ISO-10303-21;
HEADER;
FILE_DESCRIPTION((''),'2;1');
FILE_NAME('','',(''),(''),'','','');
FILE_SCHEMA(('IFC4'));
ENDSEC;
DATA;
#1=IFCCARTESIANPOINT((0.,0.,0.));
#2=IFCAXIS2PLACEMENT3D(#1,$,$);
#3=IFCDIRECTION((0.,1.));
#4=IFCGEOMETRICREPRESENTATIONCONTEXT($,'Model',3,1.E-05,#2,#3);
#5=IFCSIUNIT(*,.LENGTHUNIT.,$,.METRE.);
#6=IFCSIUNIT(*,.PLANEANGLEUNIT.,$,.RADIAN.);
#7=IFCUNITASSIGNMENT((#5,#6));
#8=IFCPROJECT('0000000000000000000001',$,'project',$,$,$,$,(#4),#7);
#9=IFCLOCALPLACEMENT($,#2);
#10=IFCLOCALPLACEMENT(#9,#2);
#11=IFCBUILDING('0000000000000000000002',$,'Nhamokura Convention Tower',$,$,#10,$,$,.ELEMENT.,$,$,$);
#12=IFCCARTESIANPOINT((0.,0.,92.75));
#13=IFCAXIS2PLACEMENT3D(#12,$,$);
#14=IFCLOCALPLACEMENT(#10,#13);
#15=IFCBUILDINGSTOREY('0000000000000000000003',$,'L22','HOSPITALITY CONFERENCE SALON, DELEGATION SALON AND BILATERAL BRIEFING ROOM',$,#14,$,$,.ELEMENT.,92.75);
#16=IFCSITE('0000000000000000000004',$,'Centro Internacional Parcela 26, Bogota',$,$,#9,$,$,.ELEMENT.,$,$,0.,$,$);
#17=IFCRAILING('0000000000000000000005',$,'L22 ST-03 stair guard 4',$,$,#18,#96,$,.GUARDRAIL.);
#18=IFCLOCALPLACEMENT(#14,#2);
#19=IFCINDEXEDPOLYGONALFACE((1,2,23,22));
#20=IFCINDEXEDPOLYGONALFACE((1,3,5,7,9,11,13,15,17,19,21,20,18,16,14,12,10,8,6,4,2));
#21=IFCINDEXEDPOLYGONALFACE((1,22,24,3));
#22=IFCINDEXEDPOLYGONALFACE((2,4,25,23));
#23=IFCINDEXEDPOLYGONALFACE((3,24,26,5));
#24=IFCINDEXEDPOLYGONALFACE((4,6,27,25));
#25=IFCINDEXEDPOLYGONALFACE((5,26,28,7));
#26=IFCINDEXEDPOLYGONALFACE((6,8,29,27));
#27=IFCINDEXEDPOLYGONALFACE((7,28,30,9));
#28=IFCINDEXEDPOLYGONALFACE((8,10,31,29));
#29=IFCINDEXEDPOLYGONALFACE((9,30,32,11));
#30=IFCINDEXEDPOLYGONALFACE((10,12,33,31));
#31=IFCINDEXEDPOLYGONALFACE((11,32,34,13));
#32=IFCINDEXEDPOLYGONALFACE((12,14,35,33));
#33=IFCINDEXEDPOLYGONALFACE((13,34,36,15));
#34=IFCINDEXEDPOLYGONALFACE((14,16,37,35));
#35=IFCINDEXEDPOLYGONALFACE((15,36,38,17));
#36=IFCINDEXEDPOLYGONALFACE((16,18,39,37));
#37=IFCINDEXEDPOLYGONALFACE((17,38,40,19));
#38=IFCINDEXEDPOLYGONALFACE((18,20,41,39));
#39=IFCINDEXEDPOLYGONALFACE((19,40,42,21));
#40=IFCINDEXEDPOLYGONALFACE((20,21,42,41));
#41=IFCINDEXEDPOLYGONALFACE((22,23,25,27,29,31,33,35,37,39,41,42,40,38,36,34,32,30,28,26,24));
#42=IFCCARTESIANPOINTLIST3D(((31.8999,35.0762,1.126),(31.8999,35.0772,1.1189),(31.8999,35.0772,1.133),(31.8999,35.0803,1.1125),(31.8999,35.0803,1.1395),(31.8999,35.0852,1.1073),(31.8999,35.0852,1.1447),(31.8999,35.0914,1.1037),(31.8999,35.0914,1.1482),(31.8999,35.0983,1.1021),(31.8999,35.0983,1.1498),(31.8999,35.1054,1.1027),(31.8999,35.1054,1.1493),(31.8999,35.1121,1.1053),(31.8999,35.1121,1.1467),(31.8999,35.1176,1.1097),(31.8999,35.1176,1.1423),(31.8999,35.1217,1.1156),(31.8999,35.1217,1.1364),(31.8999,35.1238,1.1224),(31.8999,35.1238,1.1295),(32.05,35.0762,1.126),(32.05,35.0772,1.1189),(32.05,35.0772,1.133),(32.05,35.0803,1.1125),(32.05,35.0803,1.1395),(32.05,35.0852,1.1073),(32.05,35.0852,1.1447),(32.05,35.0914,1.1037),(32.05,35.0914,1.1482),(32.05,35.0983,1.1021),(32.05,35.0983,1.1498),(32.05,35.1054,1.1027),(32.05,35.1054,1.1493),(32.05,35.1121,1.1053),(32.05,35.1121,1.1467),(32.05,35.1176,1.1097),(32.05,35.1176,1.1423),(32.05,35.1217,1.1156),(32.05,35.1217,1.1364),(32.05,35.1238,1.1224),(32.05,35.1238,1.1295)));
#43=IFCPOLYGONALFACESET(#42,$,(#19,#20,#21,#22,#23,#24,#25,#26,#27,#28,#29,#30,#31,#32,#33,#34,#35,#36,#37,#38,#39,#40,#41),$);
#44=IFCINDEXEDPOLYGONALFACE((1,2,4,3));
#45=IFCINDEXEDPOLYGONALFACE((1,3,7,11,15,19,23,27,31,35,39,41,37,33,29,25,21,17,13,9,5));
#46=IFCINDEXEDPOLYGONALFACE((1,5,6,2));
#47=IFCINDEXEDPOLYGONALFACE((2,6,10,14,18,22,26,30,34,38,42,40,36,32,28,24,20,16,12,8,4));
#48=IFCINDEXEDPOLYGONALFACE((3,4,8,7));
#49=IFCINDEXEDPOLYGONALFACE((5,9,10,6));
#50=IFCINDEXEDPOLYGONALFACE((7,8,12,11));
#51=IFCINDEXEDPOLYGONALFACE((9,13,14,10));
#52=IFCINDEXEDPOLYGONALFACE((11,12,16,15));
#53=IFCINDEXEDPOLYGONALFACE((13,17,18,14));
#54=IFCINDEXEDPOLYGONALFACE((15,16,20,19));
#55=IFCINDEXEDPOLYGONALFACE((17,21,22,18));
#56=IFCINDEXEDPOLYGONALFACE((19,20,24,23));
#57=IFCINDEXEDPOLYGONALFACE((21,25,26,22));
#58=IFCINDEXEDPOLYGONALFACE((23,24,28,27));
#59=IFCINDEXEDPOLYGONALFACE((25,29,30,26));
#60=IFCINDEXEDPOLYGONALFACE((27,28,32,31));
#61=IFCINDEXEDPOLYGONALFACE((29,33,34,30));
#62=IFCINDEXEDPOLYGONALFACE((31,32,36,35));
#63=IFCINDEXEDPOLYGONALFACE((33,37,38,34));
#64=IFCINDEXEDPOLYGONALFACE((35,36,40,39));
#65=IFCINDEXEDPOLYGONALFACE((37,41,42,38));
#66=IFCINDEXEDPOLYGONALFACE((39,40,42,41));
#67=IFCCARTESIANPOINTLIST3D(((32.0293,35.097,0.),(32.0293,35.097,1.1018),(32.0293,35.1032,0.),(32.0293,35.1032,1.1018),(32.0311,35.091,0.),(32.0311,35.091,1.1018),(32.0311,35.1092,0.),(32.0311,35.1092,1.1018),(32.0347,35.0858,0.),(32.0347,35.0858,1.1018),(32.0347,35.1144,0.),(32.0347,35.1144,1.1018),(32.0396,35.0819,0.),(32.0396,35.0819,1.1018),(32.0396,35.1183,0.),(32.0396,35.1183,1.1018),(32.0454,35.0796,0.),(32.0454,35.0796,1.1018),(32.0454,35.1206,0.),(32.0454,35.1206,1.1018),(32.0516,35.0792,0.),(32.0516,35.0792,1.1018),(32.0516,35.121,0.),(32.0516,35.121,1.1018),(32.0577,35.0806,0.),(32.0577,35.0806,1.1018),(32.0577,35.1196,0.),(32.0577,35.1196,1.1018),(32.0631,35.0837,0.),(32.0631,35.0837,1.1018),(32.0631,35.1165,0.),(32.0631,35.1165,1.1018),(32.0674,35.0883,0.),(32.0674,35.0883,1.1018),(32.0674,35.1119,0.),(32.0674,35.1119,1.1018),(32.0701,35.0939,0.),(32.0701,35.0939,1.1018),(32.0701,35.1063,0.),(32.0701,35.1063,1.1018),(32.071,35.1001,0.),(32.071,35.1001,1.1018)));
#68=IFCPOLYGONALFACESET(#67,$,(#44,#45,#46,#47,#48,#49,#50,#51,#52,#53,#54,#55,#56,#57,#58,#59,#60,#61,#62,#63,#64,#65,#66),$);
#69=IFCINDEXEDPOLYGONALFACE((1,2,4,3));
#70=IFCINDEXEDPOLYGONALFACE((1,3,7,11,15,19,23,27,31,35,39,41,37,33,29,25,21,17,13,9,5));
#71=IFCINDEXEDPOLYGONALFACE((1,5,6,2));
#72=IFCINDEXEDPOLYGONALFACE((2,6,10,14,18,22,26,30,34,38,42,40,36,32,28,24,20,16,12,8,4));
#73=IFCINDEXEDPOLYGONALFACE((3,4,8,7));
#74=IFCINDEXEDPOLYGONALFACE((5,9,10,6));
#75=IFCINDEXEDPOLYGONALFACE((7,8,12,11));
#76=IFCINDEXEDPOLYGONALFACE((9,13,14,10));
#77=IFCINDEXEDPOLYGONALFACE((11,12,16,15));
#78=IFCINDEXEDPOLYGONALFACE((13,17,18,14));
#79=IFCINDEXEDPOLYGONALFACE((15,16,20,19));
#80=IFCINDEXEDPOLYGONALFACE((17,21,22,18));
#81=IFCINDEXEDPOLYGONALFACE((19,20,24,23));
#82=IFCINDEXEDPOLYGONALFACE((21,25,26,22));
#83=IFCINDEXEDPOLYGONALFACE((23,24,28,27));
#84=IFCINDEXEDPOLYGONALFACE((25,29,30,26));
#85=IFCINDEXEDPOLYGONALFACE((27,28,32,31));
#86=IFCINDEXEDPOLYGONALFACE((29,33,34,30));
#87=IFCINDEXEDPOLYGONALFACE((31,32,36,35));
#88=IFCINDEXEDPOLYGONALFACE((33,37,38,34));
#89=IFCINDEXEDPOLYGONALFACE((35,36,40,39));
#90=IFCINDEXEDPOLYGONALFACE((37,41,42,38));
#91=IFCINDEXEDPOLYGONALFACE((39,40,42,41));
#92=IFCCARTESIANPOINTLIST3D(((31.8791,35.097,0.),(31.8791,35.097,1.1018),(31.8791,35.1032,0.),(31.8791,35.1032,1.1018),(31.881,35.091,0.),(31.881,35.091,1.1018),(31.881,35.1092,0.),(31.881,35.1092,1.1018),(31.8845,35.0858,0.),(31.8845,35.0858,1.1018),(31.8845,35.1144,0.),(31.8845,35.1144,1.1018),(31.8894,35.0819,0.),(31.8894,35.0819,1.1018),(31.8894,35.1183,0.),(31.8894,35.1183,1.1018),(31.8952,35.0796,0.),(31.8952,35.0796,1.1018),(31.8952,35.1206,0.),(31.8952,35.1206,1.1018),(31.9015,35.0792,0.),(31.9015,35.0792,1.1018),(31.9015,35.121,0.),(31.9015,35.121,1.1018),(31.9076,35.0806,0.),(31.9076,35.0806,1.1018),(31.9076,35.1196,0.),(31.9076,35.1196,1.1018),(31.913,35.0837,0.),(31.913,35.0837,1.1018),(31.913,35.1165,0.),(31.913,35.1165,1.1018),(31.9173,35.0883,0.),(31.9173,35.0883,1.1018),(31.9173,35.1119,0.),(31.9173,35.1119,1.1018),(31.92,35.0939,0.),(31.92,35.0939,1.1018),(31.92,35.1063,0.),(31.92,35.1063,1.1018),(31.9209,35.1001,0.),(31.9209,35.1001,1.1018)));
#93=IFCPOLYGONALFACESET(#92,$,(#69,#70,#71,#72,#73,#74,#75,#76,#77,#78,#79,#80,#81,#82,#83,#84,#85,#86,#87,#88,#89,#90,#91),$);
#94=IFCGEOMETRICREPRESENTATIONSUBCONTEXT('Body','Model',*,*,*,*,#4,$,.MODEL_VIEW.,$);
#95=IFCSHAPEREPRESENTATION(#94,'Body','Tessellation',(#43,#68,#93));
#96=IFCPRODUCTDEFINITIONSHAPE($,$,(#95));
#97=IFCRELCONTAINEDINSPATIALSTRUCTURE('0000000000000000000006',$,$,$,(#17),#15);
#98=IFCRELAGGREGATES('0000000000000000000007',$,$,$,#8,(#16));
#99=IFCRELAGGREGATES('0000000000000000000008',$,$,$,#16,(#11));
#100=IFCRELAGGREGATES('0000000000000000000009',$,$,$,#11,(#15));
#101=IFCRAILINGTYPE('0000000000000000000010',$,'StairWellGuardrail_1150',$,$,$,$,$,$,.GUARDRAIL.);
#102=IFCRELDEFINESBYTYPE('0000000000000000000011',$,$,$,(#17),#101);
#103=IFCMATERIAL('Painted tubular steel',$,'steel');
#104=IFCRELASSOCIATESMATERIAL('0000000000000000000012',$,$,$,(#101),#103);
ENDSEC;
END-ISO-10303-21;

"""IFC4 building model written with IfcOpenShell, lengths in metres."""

from ifc_helpers import new_model, si_unit, direction, frame, origin, origin_2d, place, context, subcontext, project, spatial, circle, extrude, material, type_object, element, save


model = new_model("IFC4")

# Units and contexts
model_context = context("Model", 3, precision=1e-05, world=origin(), true_north=direction((0.0, 1.0)))
body_context = subcontext(model_context, "Body", "Model", "MODEL_VIEW")
ifc_project = project(units=[si_unit("LENGTHUNIT", "METRE"), si_unit("PLANEANGLEUNIT", "RADIAN")], contexts=[model_context])

# Site, building, storey
site_placement = place(None, origin())
site = spatial("IfcSite", under=ifc_project, at=site_placement, Name="Centro Internacional Parcela 26, Bogota", CompositionType="ELEMENT", RefElevation=0.0)
building_placement = place(site_placement, origin())
building = spatial("IfcBuilding", under=site, at=building_placement, Name="Nhamokura Convention Tower", CompositionType="ELEMENT")
storey_placement = place(building_placement, frame((0.0, 0.0, 92.75)))
storey = spatial("IfcBuildingStorey", under=building, at=storey_placement, Name="L22", Description="HOSPITALITY CONFERENCE SALON, DELEGATION SALON AND BILATERAL BRIEFING ROOM", CompositionType="ELEMENT", Elevation=92.75)

# Railing
ifc_material_1 = material(Name="Painted tubular steel", Category="steel")
railing_type_1 = type_object("IfcRailingType", Name="StairWellGuardrail_1150", PredefinedType="GUARDRAIL", material=ifc_material_1)
railing_1_placement = place(storey_placement, frame((32.05, 35.1001, 0.0)))
element("IfcRailing", 1, at=railing_1_placement, inside=storey, type_object=railing_type_1, Name="L22 ST-03 stair guard 4", PredefinedType="GUARDRAIL", context=body_context, shape_type="SweptSolid", body=[
    extrude(circle(Radius=0.0239, at=origin_2d()), frame((0.0, 0.0, 1.126), z_axis=(-1.0, 0.0, 0.0), x_axis=(0.0, -1.0, 0.0)), (0.0, 0.0, 1.0), 0.1501),
    extrude(circle(Radius=0.021, at=origin_2d()), origin(), (0.0, 0.0, 1.0), 1.1018),
    extrude(circle(Radius=0.021, at=origin_2d()), frame((-0.1501, 0.0, 0.0)), (0.0, 0.0, 1.0), 1.1018),
])

save(model, "model.ifc")
